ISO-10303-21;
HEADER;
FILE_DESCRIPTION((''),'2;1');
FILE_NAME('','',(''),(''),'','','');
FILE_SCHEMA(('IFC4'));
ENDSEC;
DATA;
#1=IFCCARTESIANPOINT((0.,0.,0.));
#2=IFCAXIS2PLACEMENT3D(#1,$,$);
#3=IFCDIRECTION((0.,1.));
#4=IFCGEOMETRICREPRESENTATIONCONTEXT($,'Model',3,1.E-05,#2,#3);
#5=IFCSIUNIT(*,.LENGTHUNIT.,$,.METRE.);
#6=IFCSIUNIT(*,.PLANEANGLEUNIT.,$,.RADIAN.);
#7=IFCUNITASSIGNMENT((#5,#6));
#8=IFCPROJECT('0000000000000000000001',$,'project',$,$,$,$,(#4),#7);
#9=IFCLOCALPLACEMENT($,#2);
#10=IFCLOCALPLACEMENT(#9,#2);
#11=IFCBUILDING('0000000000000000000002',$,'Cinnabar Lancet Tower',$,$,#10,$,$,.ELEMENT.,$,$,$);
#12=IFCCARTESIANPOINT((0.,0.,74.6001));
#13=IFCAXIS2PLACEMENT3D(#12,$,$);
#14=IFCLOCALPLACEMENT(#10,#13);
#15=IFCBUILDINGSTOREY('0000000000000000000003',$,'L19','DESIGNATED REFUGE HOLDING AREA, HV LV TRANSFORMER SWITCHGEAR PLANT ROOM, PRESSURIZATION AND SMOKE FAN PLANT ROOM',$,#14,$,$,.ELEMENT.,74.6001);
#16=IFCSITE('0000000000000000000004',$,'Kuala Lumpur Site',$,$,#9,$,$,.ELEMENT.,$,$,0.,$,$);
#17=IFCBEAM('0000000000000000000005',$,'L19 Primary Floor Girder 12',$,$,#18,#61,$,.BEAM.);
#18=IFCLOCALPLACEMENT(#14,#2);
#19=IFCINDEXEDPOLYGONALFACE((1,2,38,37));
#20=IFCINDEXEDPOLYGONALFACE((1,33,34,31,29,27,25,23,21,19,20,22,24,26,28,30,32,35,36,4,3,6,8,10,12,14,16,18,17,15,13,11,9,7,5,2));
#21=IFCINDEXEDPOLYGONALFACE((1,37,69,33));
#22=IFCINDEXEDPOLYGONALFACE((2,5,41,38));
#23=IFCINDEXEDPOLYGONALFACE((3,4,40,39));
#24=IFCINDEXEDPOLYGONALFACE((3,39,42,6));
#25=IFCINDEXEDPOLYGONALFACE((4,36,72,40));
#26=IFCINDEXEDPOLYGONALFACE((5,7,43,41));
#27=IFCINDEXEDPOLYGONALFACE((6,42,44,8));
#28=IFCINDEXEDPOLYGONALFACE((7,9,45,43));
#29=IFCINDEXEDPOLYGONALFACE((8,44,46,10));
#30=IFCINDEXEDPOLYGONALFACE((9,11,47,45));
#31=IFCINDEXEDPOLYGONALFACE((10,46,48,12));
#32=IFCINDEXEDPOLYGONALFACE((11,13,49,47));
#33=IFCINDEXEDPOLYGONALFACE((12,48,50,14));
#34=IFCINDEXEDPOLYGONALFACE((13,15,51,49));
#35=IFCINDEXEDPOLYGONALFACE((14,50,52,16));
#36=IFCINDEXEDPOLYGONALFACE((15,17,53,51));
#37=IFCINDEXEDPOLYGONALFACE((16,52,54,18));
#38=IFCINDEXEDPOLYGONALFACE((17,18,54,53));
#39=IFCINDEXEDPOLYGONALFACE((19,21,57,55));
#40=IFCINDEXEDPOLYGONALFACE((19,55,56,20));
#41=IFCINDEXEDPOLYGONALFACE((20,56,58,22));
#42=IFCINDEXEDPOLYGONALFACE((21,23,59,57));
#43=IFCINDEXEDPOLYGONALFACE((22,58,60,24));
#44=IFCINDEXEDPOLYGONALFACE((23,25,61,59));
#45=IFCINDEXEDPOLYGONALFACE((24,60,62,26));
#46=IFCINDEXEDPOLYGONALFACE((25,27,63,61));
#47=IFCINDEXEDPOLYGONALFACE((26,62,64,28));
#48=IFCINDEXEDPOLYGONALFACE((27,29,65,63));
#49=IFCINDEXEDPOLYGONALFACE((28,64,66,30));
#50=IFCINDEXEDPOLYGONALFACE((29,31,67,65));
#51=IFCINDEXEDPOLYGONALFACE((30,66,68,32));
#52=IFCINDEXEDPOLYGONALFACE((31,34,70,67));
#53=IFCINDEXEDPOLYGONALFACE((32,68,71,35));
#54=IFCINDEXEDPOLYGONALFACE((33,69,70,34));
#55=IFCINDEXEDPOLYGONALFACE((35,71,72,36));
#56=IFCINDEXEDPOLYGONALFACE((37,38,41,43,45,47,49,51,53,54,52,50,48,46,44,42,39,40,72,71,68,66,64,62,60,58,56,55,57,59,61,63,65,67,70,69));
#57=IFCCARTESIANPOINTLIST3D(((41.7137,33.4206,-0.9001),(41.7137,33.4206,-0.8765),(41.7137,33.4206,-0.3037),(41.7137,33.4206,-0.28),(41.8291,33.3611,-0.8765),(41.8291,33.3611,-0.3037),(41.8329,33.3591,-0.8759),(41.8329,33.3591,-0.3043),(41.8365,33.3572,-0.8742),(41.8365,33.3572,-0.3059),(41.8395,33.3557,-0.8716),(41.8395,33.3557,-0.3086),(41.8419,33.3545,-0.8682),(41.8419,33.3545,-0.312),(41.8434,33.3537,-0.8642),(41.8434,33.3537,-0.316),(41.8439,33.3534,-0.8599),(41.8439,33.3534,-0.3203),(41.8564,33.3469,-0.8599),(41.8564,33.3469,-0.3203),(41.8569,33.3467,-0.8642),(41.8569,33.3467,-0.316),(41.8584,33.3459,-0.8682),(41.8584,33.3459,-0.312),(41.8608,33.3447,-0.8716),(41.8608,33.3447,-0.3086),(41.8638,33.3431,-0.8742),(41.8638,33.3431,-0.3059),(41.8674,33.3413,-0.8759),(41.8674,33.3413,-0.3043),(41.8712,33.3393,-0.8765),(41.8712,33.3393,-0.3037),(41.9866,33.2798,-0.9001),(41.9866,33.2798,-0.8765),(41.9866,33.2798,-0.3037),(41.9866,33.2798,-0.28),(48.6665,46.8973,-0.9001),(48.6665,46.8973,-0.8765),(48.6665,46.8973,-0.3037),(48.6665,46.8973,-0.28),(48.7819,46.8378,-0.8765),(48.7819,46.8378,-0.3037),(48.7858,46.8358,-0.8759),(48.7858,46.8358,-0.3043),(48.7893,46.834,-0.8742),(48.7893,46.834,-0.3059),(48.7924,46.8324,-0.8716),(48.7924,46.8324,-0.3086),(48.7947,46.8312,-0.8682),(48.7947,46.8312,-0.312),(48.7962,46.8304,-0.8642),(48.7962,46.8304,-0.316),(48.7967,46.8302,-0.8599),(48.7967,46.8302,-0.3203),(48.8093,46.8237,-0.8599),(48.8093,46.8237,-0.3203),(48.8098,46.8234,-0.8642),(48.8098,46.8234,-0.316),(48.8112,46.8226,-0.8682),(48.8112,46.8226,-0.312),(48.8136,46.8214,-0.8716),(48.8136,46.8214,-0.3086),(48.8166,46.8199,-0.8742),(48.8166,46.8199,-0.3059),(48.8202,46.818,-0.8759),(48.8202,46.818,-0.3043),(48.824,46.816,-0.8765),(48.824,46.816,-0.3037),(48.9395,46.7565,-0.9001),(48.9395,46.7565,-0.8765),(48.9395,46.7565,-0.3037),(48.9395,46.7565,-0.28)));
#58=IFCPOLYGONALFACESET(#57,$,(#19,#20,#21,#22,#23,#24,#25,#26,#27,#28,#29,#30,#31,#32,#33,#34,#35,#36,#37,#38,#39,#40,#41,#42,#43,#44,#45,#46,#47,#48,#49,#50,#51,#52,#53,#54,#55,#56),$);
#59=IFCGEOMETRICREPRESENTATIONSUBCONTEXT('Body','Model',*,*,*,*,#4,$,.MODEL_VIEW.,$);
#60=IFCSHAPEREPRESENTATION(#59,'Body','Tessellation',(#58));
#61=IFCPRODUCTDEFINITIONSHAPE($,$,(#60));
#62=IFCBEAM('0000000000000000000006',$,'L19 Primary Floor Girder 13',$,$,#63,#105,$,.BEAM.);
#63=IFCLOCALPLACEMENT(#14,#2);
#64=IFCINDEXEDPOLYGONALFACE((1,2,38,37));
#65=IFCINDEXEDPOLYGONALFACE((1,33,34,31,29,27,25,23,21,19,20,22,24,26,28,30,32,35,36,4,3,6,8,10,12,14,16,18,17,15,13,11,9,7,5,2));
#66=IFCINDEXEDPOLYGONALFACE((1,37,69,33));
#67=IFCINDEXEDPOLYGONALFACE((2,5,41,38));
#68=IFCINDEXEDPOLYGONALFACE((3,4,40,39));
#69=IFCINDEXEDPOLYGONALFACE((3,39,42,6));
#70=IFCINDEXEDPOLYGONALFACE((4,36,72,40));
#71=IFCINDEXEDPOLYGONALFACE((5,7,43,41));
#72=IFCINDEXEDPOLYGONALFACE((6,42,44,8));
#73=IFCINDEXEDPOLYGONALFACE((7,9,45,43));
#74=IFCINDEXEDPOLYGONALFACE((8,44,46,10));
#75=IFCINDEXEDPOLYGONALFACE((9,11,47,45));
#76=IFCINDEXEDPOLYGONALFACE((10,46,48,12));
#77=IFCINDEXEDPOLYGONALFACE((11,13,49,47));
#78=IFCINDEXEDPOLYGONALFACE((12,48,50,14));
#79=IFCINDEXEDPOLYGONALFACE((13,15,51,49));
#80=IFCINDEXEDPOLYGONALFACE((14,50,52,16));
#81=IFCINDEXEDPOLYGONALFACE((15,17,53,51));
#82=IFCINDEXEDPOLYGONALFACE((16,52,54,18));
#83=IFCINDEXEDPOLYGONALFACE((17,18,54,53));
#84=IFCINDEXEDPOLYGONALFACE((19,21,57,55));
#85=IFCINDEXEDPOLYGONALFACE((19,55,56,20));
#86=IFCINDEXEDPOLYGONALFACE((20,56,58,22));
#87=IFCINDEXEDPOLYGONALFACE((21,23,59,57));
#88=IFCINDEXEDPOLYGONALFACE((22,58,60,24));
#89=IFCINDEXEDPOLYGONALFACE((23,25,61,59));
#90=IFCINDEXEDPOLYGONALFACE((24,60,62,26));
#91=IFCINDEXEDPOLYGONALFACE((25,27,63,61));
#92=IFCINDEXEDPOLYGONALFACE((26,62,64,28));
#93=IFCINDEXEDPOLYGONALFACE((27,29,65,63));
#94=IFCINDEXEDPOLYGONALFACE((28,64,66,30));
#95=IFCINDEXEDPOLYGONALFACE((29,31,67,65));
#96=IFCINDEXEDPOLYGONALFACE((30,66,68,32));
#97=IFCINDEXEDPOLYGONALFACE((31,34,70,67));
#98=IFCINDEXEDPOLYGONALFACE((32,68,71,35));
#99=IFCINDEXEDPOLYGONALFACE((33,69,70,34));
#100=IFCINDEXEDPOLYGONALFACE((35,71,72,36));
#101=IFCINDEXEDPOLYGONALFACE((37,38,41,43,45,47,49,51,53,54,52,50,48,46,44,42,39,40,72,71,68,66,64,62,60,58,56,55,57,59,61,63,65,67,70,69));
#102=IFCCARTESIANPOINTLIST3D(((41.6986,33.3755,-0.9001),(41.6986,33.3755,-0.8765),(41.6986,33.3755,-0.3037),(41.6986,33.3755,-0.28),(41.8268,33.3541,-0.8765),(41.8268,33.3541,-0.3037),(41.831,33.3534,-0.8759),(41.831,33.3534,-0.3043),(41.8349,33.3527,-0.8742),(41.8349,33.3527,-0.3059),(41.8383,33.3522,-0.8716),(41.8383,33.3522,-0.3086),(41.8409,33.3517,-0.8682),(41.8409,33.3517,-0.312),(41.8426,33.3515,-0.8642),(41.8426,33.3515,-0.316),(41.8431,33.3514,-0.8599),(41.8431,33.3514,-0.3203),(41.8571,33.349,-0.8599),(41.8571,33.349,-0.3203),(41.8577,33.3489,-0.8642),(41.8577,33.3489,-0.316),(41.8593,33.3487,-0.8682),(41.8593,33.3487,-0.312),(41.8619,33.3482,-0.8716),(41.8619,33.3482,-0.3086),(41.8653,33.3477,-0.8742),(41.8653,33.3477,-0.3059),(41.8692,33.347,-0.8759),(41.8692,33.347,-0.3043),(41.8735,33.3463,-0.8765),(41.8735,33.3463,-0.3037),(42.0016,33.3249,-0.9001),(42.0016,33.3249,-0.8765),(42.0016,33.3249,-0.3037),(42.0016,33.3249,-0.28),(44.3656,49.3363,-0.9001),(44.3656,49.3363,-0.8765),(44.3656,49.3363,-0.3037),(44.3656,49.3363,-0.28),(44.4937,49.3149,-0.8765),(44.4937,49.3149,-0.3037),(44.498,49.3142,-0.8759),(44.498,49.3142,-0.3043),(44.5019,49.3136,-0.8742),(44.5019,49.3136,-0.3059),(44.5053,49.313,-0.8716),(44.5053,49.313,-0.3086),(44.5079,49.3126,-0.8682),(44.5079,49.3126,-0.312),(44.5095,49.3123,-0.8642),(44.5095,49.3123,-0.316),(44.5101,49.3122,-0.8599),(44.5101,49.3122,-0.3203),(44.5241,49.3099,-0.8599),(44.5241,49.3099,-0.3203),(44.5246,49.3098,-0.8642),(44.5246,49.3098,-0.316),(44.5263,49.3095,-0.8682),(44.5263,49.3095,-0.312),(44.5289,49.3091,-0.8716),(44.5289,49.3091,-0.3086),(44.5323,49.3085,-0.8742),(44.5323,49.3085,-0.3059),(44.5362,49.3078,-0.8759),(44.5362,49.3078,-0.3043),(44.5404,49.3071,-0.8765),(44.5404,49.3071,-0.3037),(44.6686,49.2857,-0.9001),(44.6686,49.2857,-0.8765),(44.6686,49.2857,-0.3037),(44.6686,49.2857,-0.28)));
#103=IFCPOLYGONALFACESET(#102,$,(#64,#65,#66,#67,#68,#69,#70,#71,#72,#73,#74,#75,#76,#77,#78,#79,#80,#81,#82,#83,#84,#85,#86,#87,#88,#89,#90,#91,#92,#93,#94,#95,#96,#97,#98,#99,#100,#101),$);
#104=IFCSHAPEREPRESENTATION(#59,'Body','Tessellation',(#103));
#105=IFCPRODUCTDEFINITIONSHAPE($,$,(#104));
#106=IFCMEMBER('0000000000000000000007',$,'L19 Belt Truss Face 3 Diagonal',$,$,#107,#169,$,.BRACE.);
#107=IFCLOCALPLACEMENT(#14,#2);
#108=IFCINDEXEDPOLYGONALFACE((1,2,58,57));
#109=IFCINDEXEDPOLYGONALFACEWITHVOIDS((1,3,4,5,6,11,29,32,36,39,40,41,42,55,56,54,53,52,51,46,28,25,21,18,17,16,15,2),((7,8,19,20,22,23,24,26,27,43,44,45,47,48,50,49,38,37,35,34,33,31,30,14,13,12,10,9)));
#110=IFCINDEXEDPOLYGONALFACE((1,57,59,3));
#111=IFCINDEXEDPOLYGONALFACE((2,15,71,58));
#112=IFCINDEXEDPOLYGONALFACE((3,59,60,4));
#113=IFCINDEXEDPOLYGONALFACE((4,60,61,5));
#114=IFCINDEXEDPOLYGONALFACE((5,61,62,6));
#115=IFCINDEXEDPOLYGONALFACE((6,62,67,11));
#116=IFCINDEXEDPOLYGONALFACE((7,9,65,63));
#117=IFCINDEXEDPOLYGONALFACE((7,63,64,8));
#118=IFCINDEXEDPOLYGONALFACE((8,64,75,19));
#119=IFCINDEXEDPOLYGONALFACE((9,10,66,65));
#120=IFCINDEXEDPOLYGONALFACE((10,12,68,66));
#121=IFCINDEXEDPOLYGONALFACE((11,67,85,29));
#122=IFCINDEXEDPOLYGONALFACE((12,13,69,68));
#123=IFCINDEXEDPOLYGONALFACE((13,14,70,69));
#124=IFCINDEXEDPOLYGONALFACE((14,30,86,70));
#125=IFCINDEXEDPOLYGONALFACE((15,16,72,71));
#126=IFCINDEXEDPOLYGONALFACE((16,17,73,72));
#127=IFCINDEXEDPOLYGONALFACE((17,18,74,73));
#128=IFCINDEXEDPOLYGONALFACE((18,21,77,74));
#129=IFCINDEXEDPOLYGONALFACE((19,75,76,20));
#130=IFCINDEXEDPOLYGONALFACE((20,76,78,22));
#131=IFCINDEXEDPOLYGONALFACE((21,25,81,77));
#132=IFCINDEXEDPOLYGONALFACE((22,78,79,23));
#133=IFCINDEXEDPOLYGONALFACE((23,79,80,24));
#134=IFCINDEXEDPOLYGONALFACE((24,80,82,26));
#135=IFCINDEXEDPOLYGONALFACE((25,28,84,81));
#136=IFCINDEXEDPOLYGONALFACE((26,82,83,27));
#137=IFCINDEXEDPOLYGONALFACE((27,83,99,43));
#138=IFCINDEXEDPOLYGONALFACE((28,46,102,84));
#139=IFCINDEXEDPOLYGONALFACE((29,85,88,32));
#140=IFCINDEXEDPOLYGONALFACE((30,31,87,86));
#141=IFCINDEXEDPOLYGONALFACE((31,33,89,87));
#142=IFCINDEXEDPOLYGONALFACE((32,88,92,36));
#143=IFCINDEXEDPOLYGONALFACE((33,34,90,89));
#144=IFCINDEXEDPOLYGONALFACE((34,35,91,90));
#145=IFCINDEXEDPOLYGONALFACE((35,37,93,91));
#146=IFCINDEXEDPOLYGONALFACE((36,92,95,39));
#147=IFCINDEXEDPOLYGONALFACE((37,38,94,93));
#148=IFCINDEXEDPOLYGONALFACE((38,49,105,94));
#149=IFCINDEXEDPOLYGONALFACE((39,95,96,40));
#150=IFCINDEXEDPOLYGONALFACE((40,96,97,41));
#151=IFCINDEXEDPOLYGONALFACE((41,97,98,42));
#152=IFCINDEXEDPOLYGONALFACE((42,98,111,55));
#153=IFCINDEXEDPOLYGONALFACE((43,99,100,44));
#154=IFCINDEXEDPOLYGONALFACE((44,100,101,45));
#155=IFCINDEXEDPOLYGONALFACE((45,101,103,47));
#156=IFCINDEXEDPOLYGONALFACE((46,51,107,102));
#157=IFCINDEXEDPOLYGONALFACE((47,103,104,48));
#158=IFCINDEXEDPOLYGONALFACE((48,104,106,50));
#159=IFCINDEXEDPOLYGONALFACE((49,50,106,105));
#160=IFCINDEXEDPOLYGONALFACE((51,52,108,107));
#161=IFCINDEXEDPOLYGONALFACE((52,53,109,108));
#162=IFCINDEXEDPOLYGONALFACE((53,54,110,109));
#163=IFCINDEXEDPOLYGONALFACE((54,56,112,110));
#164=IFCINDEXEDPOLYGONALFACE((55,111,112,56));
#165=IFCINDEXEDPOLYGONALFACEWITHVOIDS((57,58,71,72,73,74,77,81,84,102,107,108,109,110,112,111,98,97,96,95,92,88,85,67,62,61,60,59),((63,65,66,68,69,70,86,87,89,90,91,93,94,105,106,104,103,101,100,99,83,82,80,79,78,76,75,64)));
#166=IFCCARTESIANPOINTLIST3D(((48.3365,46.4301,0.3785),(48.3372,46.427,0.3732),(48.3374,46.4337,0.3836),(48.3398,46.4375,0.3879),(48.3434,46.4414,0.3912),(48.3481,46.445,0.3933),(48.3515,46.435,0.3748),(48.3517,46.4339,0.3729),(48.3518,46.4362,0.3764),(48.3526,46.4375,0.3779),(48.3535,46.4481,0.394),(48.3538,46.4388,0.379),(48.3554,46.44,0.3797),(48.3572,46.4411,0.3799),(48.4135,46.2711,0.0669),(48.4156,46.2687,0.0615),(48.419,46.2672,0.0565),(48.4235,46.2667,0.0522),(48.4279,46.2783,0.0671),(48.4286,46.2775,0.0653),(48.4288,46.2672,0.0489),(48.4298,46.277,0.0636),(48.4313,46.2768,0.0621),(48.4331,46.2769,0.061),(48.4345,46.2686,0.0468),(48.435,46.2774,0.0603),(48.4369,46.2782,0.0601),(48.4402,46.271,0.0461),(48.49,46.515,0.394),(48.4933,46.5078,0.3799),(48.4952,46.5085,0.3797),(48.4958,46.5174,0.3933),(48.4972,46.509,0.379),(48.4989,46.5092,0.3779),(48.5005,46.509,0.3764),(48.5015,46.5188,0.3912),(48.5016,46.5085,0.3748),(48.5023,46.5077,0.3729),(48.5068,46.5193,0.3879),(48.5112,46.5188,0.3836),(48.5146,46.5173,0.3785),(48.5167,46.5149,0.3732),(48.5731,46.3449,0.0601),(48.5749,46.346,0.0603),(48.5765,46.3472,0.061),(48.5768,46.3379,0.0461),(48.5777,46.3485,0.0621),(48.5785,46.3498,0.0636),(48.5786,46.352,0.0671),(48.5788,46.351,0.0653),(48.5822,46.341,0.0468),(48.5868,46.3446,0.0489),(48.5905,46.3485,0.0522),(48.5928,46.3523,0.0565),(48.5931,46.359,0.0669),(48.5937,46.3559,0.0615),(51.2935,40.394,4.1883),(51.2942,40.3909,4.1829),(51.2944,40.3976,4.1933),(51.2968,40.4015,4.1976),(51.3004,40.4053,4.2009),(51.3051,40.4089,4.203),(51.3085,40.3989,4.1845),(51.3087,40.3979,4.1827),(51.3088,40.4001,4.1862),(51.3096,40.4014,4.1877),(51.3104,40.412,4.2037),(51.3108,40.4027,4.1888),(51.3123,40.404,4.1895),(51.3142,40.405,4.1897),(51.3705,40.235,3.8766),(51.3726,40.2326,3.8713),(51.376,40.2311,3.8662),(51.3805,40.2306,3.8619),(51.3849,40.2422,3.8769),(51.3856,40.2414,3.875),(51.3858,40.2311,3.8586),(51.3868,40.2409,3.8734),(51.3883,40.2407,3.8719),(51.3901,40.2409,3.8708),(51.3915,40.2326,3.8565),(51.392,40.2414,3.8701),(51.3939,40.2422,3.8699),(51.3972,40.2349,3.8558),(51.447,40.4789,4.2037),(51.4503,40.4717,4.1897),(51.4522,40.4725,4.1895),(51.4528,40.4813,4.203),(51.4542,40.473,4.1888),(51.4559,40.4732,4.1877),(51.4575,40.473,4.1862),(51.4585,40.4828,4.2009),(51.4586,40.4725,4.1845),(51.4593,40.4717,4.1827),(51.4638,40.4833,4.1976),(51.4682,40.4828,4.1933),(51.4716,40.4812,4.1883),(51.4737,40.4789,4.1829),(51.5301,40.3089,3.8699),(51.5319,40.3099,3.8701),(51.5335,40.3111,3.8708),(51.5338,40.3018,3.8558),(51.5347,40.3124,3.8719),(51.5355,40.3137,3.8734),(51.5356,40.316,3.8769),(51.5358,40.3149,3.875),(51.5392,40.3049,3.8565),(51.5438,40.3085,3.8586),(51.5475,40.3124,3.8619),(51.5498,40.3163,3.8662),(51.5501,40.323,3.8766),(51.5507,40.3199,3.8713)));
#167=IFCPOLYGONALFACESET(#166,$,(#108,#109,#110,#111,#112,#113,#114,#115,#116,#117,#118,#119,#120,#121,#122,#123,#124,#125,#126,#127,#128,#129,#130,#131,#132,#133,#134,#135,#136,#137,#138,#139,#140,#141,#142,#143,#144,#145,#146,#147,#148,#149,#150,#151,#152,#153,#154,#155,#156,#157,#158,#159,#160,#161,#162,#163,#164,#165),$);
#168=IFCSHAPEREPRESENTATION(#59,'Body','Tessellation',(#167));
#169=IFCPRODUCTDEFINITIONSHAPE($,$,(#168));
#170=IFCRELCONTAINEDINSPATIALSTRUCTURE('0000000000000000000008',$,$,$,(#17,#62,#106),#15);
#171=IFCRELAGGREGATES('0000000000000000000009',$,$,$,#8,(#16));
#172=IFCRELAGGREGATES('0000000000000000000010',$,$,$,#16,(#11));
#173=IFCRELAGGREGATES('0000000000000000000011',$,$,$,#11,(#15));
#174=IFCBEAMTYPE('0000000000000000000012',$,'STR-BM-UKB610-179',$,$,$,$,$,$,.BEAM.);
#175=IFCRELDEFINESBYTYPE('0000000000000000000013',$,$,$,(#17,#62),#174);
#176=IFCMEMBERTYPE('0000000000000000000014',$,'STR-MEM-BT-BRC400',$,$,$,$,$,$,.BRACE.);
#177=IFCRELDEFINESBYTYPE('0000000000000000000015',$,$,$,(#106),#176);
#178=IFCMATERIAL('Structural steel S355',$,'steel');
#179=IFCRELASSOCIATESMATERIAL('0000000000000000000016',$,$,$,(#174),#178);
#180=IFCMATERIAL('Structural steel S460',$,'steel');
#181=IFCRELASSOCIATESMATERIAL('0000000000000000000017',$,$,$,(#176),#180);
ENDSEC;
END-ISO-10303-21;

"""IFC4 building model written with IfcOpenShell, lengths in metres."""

from ifc_helpers import new_model, si_unit, direction, frame, origin, origin_2d, place, context, subcontext, project, spatial, hollow_rectangle, i_section, extrude, material, material_profile, profile_set, type_object, element, save


model = new_model("IFC4")

# Units and contexts
model_context = context("Model", 3, precision=1e-05, world=origin(), true_north=direction((0.0, 1.0)))
body_context = subcontext(model_context, "Body", "Model", "MODEL_VIEW")
ifc_project = project(units=[si_unit("LENGTHUNIT", "METRE"), si_unit("PLANEANGLEUNIT", "RADIAN")], contexts=[model_context])

# Site, building, storey
site_placement = place(None, origin())
site = spatial("IfcSite", under=ifc_project, at=site_placement, Name="Kuala Lumpur Site", CompositionType="ELEMENT", RefElevation=0.0)
building_placement = place(site_placement, origin())
building = spatial("IfcBuilding", under=site, at=building_placement, Name="Cinnabar Lancet Tower", CompositionType="ELEMENT")
storey_placement = place(building_placement, frame((0.0, 0.0, 74.6001)))
storey = spatial("IfcBuildingStorey", under=building, at=storey_placement, Name="L19", Description="DESIGNATED REFUGE HOLDING AREA, HV LV TRANSFORMER SWITCHGEAR PLANT ROOM, PRESSURIZATION AND SMOKE FAN PLANT ROOM", CompositionType="ELEMENT", Elevation=74.6001)

# Beams
ifc_material_1 = material(Name="Structural steel S355", Category="steel")
ifc_material_profile_1 = material_profile(ifc_material_1, i_section(OverallWidth=0.3071, OverallDepth=0.6201, WebThickness=0.0142, FlangeThickness=0.0237, FilletRadius=0.0166, at=origin_2d()), Name="UKB 610x305x179")
ifc_profile_set_1 = profile_set([ifc_material_profile_1], Name="Structural steel S355")
beam_type_1 = type_object("IfcBeamType", Name="STR-BM-UKB610-179", PredefinedType="BEAM", material=ifc_profile_set_1)
beam_1_placement = place(storey_placement, frame((48.803, 46.8269, -0.5901), z_axis=(-0.458492, -0.888698, 0.0), x_axis=(0.888698, -0.458492, 0.0)))
element("IfcBeam", 1, at=beam_1_placement, inside=storey, type_object=beam_type_1, Name="L19 Primary Floor Girder 12", PredefinedType="BEAM", context=body_context, shape_type="SweptSolid", body=[
    extrude(i_section(OverallWidth=0.3071, OverallDepth=0.6201, WebThickness=0.0142, FlangeThickness=0.0237, FilletRadius=0.0166, at=origin_2d()), origin(), (0.0, 0.0, 1.0), 15.1646),
])
beam_2_placement = place(storey_placement, frame((44.5171, 49.311, -0.5901), z_axis=(-0.16481, -0.986325, 0.0), x_axis=(0.986325, -0.16481, 0.0)))
element("IfcBeam", 2, at=beam_2_placement, inside=storey, type_object=beam_type_1, Name="L19 Primary Floor Girder 13", PredefinedType="BEAM", context=body_context, shape_type="SweptSolid", body=[
    extrude(i_section(OverallWidth=0.3071, OverallDepth=0.6201, WebThickness=0.0142, FlangeThickness=0.0237, FilletRadius=0.0166, at=origin_2d()), origin(), (0.0, 0.0, 1.0), 16.1821),
])

# Member
ifc_material_2 = material(Name="Structural steel S460", Category="steel")
ifc_material_profile_2 = material_profile(ifc_material_2, hollow_rectangle(XDim=0.2, YDim=0.3999, WallThickness=0.0161, InnerFilletRadius=0.0081, OuterFilletRadius=0.0239, at=origin_2d()), Name="RHS 400x200x16")
ifc_profile_set_2 = profile_set([ifc_material_profile_2], Name="Structural steel S460")
member_type_1 = type_object("IfcMemberType", Name="STR-MEM-BT-BRC400", PredefinedType="BRACE", material=ifc_profile_set_2)
member_1_placement = place(storey_placement, frame((51.4221, 40.3569, 4.0298), z_axis=(-0.38273, 0.781259, -0.493106), x_axis=(-0.89803, -0.439934, 0.0)))
element("IfcMember", 3, at=member_1_placement, inside=storey, type_object=member_type_1, Name="L19 Belt Truss Face 3 Diagonal", PredefinedType="BRACE", context=body_context, shape_type="SweptSolid", body=[
    extrude(hollow_rectangle(XDim=0.2, YDim=0.3999, WallThickness=0.0161, InnerFilletRadius=0.0081, OuterFilletRadius=0.0239, at=origin_2d()), origin(), (0.0, 0.0, 1.0), 7.7261),
])

save(model, "model.ifc")
